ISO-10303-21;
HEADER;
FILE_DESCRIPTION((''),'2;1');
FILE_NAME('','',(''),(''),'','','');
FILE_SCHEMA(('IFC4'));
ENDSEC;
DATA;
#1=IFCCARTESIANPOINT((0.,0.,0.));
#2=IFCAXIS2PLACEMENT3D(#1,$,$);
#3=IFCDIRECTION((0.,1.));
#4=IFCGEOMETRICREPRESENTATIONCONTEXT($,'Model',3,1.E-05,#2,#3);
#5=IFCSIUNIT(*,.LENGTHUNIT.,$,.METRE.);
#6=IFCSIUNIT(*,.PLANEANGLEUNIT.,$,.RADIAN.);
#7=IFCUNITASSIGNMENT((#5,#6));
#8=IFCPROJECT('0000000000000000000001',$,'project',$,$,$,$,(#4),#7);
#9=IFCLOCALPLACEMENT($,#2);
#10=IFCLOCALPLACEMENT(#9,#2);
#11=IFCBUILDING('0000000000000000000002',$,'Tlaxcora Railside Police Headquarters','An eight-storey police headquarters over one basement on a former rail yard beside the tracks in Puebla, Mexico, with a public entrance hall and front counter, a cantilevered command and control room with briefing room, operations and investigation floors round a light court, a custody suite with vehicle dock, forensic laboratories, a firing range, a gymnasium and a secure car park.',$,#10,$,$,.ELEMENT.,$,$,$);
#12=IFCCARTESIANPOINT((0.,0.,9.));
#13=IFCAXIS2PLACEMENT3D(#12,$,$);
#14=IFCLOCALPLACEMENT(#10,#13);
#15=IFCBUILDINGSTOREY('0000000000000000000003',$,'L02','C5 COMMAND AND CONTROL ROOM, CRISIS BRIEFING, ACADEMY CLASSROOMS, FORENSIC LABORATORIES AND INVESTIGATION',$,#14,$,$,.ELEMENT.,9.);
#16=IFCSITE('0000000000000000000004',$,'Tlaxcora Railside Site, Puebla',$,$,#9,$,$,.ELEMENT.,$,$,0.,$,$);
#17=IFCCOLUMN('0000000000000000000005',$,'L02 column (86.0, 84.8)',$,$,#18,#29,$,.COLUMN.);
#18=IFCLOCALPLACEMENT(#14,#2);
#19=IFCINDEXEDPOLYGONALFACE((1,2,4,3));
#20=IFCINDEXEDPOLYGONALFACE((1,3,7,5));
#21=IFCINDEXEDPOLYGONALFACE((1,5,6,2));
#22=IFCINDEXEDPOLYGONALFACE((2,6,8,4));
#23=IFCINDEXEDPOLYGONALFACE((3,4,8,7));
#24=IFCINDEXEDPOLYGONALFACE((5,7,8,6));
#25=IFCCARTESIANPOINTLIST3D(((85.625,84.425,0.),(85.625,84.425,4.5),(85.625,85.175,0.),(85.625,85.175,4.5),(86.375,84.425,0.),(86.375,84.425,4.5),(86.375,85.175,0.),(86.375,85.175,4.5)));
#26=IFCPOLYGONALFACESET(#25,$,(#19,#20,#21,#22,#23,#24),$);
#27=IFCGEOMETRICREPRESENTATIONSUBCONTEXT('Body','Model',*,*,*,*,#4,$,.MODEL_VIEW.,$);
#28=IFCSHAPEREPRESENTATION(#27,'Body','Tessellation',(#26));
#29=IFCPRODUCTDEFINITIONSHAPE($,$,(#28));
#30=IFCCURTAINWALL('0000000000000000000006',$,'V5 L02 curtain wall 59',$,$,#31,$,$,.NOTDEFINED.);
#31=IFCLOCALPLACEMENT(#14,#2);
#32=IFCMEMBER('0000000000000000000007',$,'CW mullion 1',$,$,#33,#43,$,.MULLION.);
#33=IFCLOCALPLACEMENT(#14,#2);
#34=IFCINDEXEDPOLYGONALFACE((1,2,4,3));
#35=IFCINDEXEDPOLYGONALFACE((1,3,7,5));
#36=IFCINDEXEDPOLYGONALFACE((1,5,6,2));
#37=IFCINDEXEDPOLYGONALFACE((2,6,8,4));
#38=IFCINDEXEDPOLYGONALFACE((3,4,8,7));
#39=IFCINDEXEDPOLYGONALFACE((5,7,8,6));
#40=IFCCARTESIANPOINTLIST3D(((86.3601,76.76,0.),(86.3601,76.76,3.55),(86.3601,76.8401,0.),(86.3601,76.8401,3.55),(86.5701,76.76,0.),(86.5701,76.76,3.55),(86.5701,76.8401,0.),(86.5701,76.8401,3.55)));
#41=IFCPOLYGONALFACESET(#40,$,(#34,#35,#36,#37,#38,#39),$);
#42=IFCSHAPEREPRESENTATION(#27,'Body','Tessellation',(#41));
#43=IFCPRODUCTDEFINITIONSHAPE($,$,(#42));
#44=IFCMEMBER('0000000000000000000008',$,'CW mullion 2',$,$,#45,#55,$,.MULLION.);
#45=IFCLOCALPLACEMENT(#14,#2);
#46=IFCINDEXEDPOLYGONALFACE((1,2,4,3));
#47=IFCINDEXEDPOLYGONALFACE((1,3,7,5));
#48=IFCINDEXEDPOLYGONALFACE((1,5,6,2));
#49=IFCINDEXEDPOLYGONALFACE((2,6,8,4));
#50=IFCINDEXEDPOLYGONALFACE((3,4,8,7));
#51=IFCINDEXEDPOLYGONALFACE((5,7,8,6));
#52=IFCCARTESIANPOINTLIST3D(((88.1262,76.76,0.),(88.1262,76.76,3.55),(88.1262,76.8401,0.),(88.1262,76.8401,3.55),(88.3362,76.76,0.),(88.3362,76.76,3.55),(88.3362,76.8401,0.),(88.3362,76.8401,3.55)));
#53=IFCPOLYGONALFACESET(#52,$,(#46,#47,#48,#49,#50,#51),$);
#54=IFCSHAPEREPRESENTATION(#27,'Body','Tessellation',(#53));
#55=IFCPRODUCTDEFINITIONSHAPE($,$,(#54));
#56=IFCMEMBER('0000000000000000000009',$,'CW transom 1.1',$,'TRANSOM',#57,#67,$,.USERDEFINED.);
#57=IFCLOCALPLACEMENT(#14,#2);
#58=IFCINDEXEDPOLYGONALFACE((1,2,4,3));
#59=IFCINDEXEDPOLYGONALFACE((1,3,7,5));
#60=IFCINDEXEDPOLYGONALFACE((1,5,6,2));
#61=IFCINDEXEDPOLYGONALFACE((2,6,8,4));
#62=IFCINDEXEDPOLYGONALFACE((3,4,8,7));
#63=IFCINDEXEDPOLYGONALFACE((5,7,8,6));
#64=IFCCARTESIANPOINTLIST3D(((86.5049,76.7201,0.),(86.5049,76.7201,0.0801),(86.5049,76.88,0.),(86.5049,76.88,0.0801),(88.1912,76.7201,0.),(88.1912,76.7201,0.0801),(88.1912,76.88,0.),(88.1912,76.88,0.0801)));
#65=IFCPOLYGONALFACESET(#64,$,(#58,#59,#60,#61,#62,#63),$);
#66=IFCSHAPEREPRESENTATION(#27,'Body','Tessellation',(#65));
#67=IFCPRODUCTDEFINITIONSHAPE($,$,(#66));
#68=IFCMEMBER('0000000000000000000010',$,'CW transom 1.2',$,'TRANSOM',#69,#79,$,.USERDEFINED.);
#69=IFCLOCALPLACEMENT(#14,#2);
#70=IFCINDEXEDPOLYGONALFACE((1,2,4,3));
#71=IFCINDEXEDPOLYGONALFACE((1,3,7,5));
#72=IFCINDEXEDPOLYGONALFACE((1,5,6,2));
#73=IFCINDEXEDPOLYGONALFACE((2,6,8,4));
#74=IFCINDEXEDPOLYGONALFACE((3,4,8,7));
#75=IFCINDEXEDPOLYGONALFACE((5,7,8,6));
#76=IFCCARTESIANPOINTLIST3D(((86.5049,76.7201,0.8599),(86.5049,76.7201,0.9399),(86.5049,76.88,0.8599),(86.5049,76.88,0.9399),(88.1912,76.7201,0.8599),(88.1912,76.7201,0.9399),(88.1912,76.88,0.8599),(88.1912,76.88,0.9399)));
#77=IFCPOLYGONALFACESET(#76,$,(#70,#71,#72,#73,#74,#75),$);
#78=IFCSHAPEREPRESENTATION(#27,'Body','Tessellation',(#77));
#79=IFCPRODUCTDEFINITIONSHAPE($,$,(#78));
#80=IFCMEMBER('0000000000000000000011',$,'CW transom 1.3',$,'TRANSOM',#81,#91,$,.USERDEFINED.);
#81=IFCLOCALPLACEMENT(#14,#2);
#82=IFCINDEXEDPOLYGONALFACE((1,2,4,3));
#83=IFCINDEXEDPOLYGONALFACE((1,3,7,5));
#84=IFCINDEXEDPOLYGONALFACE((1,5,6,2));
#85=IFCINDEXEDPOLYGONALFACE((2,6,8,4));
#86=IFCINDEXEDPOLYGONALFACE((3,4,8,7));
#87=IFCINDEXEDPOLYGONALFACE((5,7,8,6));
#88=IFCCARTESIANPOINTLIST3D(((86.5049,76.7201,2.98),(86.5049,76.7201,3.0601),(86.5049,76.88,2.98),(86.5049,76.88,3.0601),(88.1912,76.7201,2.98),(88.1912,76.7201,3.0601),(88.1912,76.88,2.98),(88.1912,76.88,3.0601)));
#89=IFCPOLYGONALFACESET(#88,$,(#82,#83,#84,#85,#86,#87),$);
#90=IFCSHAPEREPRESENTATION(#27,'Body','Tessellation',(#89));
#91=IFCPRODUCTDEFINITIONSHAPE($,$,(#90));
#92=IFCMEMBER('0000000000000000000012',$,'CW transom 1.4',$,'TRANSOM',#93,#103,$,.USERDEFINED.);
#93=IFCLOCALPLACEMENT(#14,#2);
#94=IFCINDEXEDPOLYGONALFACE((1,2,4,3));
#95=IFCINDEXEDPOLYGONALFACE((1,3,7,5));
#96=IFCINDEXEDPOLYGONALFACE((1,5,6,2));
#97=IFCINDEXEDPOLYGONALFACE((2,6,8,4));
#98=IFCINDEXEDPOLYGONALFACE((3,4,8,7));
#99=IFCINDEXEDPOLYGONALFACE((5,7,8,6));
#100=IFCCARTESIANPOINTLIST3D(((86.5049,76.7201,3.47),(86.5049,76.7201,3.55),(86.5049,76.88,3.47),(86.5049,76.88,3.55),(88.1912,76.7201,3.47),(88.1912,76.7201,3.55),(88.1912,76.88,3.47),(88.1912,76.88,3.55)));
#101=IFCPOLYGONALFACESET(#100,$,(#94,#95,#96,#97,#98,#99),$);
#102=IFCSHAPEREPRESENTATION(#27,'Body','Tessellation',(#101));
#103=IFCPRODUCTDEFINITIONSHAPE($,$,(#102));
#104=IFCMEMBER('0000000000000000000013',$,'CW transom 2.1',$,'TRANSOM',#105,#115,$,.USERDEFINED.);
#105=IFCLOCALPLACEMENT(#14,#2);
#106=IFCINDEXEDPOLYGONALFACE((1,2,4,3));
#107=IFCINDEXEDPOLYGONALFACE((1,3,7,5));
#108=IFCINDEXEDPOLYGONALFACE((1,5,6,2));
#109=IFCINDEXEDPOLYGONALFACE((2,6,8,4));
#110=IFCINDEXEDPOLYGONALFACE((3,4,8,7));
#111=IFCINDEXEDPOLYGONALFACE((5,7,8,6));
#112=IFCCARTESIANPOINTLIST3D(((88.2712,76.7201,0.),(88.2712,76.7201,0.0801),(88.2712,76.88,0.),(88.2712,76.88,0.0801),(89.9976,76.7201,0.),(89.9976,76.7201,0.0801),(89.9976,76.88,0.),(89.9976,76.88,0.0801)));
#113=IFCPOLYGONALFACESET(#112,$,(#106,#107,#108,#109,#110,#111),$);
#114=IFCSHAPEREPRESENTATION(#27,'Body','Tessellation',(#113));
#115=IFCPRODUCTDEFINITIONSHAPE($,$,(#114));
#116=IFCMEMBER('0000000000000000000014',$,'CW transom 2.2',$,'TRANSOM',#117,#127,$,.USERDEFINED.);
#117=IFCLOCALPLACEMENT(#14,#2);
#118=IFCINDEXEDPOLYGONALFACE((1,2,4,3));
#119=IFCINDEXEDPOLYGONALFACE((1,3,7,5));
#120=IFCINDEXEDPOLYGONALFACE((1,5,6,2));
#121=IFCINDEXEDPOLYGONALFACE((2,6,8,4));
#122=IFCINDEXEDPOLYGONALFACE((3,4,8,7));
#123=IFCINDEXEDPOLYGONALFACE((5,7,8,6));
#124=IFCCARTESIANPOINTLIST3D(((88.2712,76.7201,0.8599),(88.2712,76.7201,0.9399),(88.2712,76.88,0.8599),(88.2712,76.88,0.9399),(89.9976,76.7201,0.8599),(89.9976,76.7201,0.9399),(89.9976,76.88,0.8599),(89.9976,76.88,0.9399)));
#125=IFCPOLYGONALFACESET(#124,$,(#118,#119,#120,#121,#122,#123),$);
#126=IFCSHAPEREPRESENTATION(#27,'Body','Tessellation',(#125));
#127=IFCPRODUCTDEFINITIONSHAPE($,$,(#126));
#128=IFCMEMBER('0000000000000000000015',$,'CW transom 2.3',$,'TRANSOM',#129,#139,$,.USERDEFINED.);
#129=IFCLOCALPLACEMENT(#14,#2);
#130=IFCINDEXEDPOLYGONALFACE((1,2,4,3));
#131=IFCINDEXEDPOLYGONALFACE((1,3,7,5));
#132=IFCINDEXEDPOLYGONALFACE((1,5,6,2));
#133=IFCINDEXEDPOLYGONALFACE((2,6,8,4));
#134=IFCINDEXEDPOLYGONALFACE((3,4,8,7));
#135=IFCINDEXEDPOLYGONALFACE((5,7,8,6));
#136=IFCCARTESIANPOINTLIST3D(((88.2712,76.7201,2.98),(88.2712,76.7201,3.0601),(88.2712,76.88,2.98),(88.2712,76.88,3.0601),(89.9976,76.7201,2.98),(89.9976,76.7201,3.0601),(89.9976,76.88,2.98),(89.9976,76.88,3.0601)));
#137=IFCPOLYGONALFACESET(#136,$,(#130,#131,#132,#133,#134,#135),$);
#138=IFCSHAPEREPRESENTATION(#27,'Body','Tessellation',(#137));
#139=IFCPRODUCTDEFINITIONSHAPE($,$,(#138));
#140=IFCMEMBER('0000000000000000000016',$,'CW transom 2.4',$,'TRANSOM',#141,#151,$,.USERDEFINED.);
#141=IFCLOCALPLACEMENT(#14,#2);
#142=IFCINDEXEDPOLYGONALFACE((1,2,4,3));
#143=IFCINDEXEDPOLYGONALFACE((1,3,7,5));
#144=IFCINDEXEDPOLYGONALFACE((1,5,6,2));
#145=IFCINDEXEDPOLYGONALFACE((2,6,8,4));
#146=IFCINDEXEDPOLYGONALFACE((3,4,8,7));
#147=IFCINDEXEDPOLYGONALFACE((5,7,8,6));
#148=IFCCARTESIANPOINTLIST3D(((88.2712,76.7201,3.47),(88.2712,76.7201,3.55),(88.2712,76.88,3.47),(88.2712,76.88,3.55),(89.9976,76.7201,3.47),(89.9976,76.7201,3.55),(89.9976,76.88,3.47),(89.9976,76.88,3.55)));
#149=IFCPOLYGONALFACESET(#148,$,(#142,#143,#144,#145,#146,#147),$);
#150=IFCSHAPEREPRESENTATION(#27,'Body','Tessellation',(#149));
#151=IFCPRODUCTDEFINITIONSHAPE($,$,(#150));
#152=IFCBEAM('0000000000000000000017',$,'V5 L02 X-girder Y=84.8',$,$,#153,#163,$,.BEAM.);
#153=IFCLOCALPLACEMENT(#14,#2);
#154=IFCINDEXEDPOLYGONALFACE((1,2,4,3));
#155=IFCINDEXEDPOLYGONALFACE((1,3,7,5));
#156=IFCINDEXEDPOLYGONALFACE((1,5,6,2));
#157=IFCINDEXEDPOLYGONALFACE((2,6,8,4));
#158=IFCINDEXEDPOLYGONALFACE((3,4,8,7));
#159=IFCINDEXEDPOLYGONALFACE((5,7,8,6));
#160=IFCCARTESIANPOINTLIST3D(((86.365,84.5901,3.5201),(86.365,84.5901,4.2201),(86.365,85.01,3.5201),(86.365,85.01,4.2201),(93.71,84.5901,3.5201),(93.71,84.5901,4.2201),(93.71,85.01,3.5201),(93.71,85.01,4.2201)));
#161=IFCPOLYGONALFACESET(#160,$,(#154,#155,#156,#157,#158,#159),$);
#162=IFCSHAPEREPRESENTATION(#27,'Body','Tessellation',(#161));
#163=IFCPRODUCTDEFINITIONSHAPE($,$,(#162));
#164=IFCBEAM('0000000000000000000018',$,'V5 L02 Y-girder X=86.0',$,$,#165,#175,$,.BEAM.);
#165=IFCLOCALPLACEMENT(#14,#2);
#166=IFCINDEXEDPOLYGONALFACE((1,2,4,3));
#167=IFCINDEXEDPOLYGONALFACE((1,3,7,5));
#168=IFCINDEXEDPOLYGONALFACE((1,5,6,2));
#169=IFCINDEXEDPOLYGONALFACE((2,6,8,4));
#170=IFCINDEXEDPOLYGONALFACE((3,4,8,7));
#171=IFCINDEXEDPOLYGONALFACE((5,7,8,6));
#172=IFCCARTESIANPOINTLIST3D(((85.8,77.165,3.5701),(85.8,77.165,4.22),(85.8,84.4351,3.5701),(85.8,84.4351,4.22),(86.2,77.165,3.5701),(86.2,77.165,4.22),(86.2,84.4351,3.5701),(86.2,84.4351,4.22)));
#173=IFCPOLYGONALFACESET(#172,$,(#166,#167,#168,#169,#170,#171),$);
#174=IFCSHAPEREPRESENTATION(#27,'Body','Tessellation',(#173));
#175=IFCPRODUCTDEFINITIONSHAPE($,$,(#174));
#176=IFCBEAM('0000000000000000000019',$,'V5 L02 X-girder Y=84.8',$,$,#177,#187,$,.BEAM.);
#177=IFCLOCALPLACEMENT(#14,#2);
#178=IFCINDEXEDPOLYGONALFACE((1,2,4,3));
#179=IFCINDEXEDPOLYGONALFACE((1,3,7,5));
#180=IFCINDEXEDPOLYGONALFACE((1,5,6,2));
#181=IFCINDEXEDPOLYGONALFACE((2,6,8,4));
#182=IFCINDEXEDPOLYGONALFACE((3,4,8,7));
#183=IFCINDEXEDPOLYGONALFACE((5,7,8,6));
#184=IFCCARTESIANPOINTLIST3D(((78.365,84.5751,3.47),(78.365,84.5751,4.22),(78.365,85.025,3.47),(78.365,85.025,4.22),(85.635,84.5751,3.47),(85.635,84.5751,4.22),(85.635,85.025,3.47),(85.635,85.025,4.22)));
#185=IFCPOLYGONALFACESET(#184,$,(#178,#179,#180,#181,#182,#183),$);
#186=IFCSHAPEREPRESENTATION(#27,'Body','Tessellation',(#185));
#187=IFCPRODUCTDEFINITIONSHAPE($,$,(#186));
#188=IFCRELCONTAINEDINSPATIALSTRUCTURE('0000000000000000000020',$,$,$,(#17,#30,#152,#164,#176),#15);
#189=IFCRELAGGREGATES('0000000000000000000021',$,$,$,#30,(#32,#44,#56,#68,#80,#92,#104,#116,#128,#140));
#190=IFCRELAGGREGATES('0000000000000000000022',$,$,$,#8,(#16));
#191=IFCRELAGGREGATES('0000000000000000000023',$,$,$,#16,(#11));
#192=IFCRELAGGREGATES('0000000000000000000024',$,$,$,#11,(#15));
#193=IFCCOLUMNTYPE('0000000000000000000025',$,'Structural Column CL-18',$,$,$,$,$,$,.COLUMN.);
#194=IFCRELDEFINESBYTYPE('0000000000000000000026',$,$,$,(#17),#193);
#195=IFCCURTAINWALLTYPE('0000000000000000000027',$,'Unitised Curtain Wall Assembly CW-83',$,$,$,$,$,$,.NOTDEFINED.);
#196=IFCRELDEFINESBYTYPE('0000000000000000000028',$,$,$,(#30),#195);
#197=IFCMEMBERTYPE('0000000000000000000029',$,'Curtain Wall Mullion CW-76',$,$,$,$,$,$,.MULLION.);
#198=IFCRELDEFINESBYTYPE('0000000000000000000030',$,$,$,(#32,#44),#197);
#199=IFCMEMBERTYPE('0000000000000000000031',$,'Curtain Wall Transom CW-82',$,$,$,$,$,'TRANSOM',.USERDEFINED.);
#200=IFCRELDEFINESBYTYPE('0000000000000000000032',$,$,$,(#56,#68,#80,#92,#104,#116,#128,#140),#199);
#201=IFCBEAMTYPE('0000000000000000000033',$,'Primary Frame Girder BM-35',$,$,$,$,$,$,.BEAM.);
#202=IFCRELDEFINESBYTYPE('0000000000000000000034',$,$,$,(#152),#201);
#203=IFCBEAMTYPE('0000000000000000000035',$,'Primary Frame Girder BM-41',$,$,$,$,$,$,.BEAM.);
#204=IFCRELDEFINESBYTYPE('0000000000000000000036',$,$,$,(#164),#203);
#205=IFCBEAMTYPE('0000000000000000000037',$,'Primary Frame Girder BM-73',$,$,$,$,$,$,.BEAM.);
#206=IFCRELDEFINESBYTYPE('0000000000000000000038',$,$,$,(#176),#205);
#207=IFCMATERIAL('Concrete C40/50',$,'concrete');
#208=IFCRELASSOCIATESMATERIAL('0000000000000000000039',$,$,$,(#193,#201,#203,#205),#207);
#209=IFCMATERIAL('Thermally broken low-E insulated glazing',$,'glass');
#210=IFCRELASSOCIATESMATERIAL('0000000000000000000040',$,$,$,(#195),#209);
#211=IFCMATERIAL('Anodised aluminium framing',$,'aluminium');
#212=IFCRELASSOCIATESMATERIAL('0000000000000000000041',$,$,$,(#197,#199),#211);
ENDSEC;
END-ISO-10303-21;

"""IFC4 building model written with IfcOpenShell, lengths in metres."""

from ifc_helpers import new_model, si_unit, direction, frame, origin, origin_2d, place, context, subcontext, project, spatial, rectangle, extrude, material, material_profile, profile_set, type_object, element, aggregate, save


model = new_model("IFC4")

# Units and contexts
model_context = context("Model", 3, precision=1e-05, world=origin(), true_north=direction((0.0, 1.0)))
body_context = subcontext(model_context, "Body", "Model", "MODEL_VIEW")
ifc_project = project(units=[si_unit("LENGTHUNIT", "METRE"), si_unit("PLANEANGLEUNIT", "RADIAN")], contexts=[model_context])

# Site, building, storey
site_placement = place(None, origin())
site = spatial("IfcSite", under=ifc_project, at=site_placement, Name="Tlaxcora Railside Site, Puebla", CompositionType="ELEMENT", RefElevation=0.0)
building_placement = place(site_placement, origin())
building = spatial("IfcBuilding", under=site, at=building_placement, Name="Tlaxcora Railside Police Headquarters", Description="An eight-storey police headquarters over one basement on a former rail yard beside the tracks in Puebla, Mexico, with a public entrance hall and front counter, a cantilevered command and control room with briefing room, operations and investigation floors round a light court, a custody suite with vehicle dock, forensic laboratories, a firing range, a gymnasium and a secure car park.", CompositionType="ELEMENT")
storey_placement = place(building_placement, frame((0.0, 0.0, 9.0)))
storey = spatial("IfcBuildingStorey", under=building, at=storey_placement, Name="L02", Description="C5 COMMAND AND CONTROL ROOM, CRISIS BRIEFING, ACADEMY CLASSROOMS, FORENSIC LABORATORIES AND INVESTIGATION", CompositionType="ELEMENT", Elevation=9.0)

# Column
ifc_material_1 = material(Name="Concrete C40/50", Category="concrete")
ifc_material_profile_1 = material_profile(ifc_material_1, rectangle(XDim=0.75, YDim=0.75, at=origin_2d()), Name="RC750X750")
ifc_profile_set_1 = profile_set([ifc_material_profile_1], Name="Concrete C40/50")
column_type = type_object("IfcColumnType", Name="Structural Column CL-18", PredefinedType="COLUMN", material=ifc_profile_set_1)
column_placement = place(storey_placement, frame((86.0, 84.8, 0.0), z_axis=(0.0, 0.0, 1.0), x_axis=(1.0, 0.0, 0.0)))
element("IfcColumn", 1, at=column_placement, inside=storey, type_object=column_type, Name="L02 column (86.0, 84.8)", PredefinedType="COLUMN", context=body_context, shape_type="SweptSolid", body=[
    extrude(rectangle(XDim=0.75, YDim=0.75, at=origin_2d()), origin(), (0.0, 0.0, 1.0), 4.5),
])

# Curtain wall, members
ifc_material_2 = material(Name="Thermally broken low-E insulated glazing", Category="glass")
curtain_wall_type = type_object("IfcCurtainWallType", Name="Unitised Curtain Wall Assembly CW-83", PredefinedType="NOTDEFINED", material=ifc_material_2)
curtain_wall_placement = place(storey_placement, origin())
curtain_wall = element("IfcCurtainWall", 2, at=curtain_wall_placement, inside=storey, type_object=curtain_wall_type, Name="V5 L02 curtain wall 59", PredefinedType="NOTDEFINED")
ifc_material_3 = material(Name="Anodised aluminium framing", Category="aluminium")
ifc_material_profile_2 = material_profile(ifc_material_3, rectangle(XDim=0.0801, YDim=0.21, at=origin_2d()), Name="AL80X210")
ifc_profile_set_2 = profile_set([ifc_material_profile_2], Name="Anodised aluminium framing")
member_type_1 = type_object("IfcMemberType", Name="Curtain Wall Mullion CW-76", PredefinedType="MULLION", material=ifc_profile_set_2)
member_1_placement = place(storey_placement, frame((86.4651, 76.8, 0.0), z_axis=(0.0, 0.0, 1.0), x_axis=(0.0, 1.0, 0.0)))
member_1 = element("IfcMember", 3, at=member_1_placement, type_object=member_type_1, Name="CW mullion 1", PredefinedType="MULLION", context=body_context, shape_type="SweptSolid", body=[
    extrude(rectangle(XDim=0.0801, YDim=0.21, at=origin_2d()), origin(), (0.0, 0.0, 1.0), 3.55),
])
member_2_placement = place(storey_placement, frame((88.2312, 76.8, 0.0), z_axis=(0.0, 0.0, 1.0), x_axis=(0.0, 1.0, 0.0)))
member_2 = element("IfcMember", 4, at=member_2_placement, type_object=member_type_1, Name="CW mullion 2", PredefinedType="MULLION", context=body_context, shape_type="SweptSolid", body=[
    extrude(rectangle(XDim=0.0801, YDim=0.21, at=origin_2d()), origin(), (0.0, 0.0, 1.0), 3.55),
])
ifc_material_profile_3 = material_profile(ifc_material_3, rectangle(XDim=0.1599, YDim=0.0801, at=origin_2d()), Name="AL80X160")
ifc_profile_set_3 = profile_set([ifc_material_profile_3], Name="Anodised aluminium framing")
member_type_2 = type_object("IfcMemberType", Name="Curtain Wall Transom CW-82", ElementType="TRANSOM", PredefinedType="USERDEFINED", material=ifc_profile_set_3)
member_3_placement = place(storey_placement, frame((86.5049, 76.8, 0.04), z_axis=(1.0, 0.0, 0.0), x_axis=(0.0, 1.0, 0.0)))
member_3 = element("IfcMember", 5, at=member_3_placement, type_object=member_type_2, Name="CW transom 1.1", ObjectType="TRANSOM", PredefinedType="USERDEFINED", context=body_context, shape_type="SweptSolid", body=[
    extrude(rectangle(XDim=0.1599, YDim=0.0801, at=origin_2d()), origin(), (0.0, 0.0, 1.0), 1.6863),
])
member_4_placement = place(storey_placement, frame((86.5049, 76.8, 0.8999), z_axis=(1.0, 0.0, 0.0), x_axis=(0.0, 1.0, 0.0)))
member_4 = element("IfcMember", 6, at=member_4_placement, type_object=member_type_2, Name="CW transom 1.2", ObjectType="TRANSOM", PredefinedType="USERDEFINED", context=body_context, shape_type="SweptSolid", body=[
    extrude(rectangle(XDim=0.1599, YDim=0.0801, at=origin_2d()), origin(), (0.0, 0.0, 1.0), 1.6863),
])
member_5_placement = place(storey_placement, frame((86.5049, 76.8, 3.02), z_axis=(1.0, 0.0, 0.0), x_axis=(0.0, 1.0, 0.0)))
member_5 = element("IfcMember", 7, at=member_5_placement, type_object=member_type_2, Name="CW transom 1.3", ObjectType="TRANSOM", PredefinedType="USERDEFINED", context=body_context, shape_type="SweptSolid", body=[
    extrude(rectangle(XDim=0.1599, YDim=0.0801, at=origin_2d()), origin(), (0.0, 0.0, 1.0), 1.6863),
])
member_6_placement = place(storey_placement, frame((86.5049, 76.8, 3.51), z_axis=(1.0, 0.0, 0.0), x_axis=(0.0, 1.0, 0.0)))
member_6 = element("IfcMember", 8, at=member_6_placement, type_object=member_type_2, Name="CW transom 1.4", ObjectType="TRANSOM", PredefinedType="USERDEFINED", context=body_context, shape_type="SweptSolid", body=[
    extrude(rectangle(XDim=0.1599, YDim=0.0801, at=origin_2d()), origin(), (0.0, 0.0, 1.0), 1.6863),
])
member_7_placement = place(storey_placement, frame((88.2712, 76.8, 0.04), z_axis=(1.0, 0.0, 0.0), x_axis=(0.0, 1.0, 0.0)))
member_7 = element("IfcMember", 9, at=member_7_placement, type_object=member_type_2, Name="CW transom 2.1", ObjectType="TRANSOM", PredefinedType="USERDEFINED", context=body_context, shape_type="SweptSolid", body=[
    extrude(rectangle(XDim=0.1599, YDim=0.0801, at=origin_2d()), origin(), (0.0, 0.0, 1.0), 1.7263),
])
member_8_placement = place(storey_placement, frame((88.2712, 76.8, 0.8999), z_axis=(1.0, 0.0, 0.0), x_axis=(0.0, 1.0, 0.0)))
member_8 = element("IfcMember", 10, at=member_8_placement, type_object=member_type_2, Name="CW transom 2.2", ObjectType="TRANSOM", PredefinedType="USERDEFINED", context=body_context, shape_type="SweptSolid", body=[
    extrude(rectangle(XDim=0.1599, YDim=0.0801, at=origin_2d()), origin(), (0.0, 0.0, 1.0), 1.7263),
])
member_9_placement = place(storey_placement, frame((88.2712, 76.8, 3.02), z_axis=(1.0, 0.0, 0.0), x_axis=(0.0, 1.0, 0.0)))
member_9 = element("IfcMember", 11, at=member_9_placement, type_object=member_type_2, Name="CW transom 2.3", ObjectType="TRANSOM", PredefinedType="USERDEFINED", context=body_context, shape_type="SweptSolid", body=[
    extrude(rectangle(XDim=0.1599, YDim=0.0801, at=origin_2d()), origin(), (0.0, 0.0, 1.0), 1.7263),
])
member_10_placement = place(storey_placement, frame((88.2712, 76.8, 3.51), z_axis=(1.0, 0.0, 0.0), x_axis=(0.0, 1.0, 0.0)))
member_10 = element("IfcMember", 12, at=member_10_placement, type_object=member_type_2, Name="CW transom 2.4", ObjectType="TRANSOM", PredefinedType="USERDEFINED", context=body_context, shape_type="SweptSolid", body=[
    extrude(rectangle(XDim=0.1599, YDim=0.0801, at=origin_2d()), origin(), (0.0, 0.0, 1.0), 1.7263),
])

# Beams
ifc_material_profile_4 = material_profile(ifc_material_1, rectangle(XDim=0.4199, YDim=0.7, at=origin_2d()), Name="RC420X700")
ifc_profile_set_4 = profile_set([ifc_material_profile_4], Name="Concrete C40/50")
beam_type_1 = type_object("IfcBeamType", Name="Primary Frame Girder BM-35", PredefinedType="BEAM", material=ifc_profile_set_4)
beam_1_placement = place(storey_placement, frame((86.365, 84.8, 3.8701), z_axis=(1.0, 0.0, 0.0), x_axis=(0.0, 1.0, 0.0)))
element("IfcBeam", 13, at=beam_1_placement, inside=storey, type_object=beam_type_1, Name="V5 L02 X-girder Y=84.8", PredefinedType="BEAM", context=body_context, shape_type="SweptSolid", body=[
    extrude(rectangle(XDim=0.4199, YDim=0.7, at=origin_2d()), origin(), (0.0, 0.0, 1.0), 7.345),
])
ifc_material_profile_5 = material_profile(ifc_material_1, rectangle(XDim=0.3999, YDim=0.6499, at=origin_2d()), Name="RC400X650")
ifc_profile_set_5 = profile_set([ifc_material_profile_5], Name="Concrete C40/50")
beam_type_2 = type_object("IfcBeamType", Name="Primary Frame Girder BM-41", PredefinedType="BEAM", material=ifc_profile_set_5)
beam_2_placement = place(storey_placement, frame((86.0, 77.165, 3.895), z_axis=(0.0, 1.0, 0.0), x_axis=(-1.0, 0.0, 0.0)))
element("IfcBeam", 14, at=beam_2_placement, inside=storey, type_object=beam_type_2, Name="V5 L02 Y-girder X=86.0", PredefinedType="BEAM", context=body_context, shape_type="SweptSolid", body=[
    extrude(rectangle(XDim=0.3999, YDim=0.6499, at=origin_2d()), origin(), (0.0, 0.0, 1.0), 7.27),
])
ifc_material_profile_6 = material_profile(ifc_material_1, rectangle(XDim=0.45, YDim=0.75, at=origin_2d()), Name="RC450X750")
ifc_profile_set_6 = profile_set([ifc_material_profile_6], Name="Concrete C40/50")
beam_type_3 = type_object("IfcBeamType", Name="Primary Frame Girder BM-73", PredefinedType="BEAM", material=ifc_profile_set_6)
beam_3_placement = place(storey_placement, frame((78.365, 84.8, 3.845), z_axis=(1.0, 0.0, 0.0), x_axis=(0.0, 1.0, 0.0)))
element("IfcBeam", 15, at=beam_3_placement, inside=storey, type_object=beam_type_3, Name="V5 L02 X-girder Y=84.8", PredefinedType="BEAM", context=body_context, shape_type="SweptSolid", body=[
    extrude(rectangle(XDim=0.45, YDim=0.75, at=origin_2d()), origin(), (0.0, 0.0, 1.0), 7.27),
])

aggregate(curtain_wall, [member_1, member_2, member_3, member_4, member_5, member_6, member_7, member_8, member_9, member_10])

save(model, "model.ifc")
